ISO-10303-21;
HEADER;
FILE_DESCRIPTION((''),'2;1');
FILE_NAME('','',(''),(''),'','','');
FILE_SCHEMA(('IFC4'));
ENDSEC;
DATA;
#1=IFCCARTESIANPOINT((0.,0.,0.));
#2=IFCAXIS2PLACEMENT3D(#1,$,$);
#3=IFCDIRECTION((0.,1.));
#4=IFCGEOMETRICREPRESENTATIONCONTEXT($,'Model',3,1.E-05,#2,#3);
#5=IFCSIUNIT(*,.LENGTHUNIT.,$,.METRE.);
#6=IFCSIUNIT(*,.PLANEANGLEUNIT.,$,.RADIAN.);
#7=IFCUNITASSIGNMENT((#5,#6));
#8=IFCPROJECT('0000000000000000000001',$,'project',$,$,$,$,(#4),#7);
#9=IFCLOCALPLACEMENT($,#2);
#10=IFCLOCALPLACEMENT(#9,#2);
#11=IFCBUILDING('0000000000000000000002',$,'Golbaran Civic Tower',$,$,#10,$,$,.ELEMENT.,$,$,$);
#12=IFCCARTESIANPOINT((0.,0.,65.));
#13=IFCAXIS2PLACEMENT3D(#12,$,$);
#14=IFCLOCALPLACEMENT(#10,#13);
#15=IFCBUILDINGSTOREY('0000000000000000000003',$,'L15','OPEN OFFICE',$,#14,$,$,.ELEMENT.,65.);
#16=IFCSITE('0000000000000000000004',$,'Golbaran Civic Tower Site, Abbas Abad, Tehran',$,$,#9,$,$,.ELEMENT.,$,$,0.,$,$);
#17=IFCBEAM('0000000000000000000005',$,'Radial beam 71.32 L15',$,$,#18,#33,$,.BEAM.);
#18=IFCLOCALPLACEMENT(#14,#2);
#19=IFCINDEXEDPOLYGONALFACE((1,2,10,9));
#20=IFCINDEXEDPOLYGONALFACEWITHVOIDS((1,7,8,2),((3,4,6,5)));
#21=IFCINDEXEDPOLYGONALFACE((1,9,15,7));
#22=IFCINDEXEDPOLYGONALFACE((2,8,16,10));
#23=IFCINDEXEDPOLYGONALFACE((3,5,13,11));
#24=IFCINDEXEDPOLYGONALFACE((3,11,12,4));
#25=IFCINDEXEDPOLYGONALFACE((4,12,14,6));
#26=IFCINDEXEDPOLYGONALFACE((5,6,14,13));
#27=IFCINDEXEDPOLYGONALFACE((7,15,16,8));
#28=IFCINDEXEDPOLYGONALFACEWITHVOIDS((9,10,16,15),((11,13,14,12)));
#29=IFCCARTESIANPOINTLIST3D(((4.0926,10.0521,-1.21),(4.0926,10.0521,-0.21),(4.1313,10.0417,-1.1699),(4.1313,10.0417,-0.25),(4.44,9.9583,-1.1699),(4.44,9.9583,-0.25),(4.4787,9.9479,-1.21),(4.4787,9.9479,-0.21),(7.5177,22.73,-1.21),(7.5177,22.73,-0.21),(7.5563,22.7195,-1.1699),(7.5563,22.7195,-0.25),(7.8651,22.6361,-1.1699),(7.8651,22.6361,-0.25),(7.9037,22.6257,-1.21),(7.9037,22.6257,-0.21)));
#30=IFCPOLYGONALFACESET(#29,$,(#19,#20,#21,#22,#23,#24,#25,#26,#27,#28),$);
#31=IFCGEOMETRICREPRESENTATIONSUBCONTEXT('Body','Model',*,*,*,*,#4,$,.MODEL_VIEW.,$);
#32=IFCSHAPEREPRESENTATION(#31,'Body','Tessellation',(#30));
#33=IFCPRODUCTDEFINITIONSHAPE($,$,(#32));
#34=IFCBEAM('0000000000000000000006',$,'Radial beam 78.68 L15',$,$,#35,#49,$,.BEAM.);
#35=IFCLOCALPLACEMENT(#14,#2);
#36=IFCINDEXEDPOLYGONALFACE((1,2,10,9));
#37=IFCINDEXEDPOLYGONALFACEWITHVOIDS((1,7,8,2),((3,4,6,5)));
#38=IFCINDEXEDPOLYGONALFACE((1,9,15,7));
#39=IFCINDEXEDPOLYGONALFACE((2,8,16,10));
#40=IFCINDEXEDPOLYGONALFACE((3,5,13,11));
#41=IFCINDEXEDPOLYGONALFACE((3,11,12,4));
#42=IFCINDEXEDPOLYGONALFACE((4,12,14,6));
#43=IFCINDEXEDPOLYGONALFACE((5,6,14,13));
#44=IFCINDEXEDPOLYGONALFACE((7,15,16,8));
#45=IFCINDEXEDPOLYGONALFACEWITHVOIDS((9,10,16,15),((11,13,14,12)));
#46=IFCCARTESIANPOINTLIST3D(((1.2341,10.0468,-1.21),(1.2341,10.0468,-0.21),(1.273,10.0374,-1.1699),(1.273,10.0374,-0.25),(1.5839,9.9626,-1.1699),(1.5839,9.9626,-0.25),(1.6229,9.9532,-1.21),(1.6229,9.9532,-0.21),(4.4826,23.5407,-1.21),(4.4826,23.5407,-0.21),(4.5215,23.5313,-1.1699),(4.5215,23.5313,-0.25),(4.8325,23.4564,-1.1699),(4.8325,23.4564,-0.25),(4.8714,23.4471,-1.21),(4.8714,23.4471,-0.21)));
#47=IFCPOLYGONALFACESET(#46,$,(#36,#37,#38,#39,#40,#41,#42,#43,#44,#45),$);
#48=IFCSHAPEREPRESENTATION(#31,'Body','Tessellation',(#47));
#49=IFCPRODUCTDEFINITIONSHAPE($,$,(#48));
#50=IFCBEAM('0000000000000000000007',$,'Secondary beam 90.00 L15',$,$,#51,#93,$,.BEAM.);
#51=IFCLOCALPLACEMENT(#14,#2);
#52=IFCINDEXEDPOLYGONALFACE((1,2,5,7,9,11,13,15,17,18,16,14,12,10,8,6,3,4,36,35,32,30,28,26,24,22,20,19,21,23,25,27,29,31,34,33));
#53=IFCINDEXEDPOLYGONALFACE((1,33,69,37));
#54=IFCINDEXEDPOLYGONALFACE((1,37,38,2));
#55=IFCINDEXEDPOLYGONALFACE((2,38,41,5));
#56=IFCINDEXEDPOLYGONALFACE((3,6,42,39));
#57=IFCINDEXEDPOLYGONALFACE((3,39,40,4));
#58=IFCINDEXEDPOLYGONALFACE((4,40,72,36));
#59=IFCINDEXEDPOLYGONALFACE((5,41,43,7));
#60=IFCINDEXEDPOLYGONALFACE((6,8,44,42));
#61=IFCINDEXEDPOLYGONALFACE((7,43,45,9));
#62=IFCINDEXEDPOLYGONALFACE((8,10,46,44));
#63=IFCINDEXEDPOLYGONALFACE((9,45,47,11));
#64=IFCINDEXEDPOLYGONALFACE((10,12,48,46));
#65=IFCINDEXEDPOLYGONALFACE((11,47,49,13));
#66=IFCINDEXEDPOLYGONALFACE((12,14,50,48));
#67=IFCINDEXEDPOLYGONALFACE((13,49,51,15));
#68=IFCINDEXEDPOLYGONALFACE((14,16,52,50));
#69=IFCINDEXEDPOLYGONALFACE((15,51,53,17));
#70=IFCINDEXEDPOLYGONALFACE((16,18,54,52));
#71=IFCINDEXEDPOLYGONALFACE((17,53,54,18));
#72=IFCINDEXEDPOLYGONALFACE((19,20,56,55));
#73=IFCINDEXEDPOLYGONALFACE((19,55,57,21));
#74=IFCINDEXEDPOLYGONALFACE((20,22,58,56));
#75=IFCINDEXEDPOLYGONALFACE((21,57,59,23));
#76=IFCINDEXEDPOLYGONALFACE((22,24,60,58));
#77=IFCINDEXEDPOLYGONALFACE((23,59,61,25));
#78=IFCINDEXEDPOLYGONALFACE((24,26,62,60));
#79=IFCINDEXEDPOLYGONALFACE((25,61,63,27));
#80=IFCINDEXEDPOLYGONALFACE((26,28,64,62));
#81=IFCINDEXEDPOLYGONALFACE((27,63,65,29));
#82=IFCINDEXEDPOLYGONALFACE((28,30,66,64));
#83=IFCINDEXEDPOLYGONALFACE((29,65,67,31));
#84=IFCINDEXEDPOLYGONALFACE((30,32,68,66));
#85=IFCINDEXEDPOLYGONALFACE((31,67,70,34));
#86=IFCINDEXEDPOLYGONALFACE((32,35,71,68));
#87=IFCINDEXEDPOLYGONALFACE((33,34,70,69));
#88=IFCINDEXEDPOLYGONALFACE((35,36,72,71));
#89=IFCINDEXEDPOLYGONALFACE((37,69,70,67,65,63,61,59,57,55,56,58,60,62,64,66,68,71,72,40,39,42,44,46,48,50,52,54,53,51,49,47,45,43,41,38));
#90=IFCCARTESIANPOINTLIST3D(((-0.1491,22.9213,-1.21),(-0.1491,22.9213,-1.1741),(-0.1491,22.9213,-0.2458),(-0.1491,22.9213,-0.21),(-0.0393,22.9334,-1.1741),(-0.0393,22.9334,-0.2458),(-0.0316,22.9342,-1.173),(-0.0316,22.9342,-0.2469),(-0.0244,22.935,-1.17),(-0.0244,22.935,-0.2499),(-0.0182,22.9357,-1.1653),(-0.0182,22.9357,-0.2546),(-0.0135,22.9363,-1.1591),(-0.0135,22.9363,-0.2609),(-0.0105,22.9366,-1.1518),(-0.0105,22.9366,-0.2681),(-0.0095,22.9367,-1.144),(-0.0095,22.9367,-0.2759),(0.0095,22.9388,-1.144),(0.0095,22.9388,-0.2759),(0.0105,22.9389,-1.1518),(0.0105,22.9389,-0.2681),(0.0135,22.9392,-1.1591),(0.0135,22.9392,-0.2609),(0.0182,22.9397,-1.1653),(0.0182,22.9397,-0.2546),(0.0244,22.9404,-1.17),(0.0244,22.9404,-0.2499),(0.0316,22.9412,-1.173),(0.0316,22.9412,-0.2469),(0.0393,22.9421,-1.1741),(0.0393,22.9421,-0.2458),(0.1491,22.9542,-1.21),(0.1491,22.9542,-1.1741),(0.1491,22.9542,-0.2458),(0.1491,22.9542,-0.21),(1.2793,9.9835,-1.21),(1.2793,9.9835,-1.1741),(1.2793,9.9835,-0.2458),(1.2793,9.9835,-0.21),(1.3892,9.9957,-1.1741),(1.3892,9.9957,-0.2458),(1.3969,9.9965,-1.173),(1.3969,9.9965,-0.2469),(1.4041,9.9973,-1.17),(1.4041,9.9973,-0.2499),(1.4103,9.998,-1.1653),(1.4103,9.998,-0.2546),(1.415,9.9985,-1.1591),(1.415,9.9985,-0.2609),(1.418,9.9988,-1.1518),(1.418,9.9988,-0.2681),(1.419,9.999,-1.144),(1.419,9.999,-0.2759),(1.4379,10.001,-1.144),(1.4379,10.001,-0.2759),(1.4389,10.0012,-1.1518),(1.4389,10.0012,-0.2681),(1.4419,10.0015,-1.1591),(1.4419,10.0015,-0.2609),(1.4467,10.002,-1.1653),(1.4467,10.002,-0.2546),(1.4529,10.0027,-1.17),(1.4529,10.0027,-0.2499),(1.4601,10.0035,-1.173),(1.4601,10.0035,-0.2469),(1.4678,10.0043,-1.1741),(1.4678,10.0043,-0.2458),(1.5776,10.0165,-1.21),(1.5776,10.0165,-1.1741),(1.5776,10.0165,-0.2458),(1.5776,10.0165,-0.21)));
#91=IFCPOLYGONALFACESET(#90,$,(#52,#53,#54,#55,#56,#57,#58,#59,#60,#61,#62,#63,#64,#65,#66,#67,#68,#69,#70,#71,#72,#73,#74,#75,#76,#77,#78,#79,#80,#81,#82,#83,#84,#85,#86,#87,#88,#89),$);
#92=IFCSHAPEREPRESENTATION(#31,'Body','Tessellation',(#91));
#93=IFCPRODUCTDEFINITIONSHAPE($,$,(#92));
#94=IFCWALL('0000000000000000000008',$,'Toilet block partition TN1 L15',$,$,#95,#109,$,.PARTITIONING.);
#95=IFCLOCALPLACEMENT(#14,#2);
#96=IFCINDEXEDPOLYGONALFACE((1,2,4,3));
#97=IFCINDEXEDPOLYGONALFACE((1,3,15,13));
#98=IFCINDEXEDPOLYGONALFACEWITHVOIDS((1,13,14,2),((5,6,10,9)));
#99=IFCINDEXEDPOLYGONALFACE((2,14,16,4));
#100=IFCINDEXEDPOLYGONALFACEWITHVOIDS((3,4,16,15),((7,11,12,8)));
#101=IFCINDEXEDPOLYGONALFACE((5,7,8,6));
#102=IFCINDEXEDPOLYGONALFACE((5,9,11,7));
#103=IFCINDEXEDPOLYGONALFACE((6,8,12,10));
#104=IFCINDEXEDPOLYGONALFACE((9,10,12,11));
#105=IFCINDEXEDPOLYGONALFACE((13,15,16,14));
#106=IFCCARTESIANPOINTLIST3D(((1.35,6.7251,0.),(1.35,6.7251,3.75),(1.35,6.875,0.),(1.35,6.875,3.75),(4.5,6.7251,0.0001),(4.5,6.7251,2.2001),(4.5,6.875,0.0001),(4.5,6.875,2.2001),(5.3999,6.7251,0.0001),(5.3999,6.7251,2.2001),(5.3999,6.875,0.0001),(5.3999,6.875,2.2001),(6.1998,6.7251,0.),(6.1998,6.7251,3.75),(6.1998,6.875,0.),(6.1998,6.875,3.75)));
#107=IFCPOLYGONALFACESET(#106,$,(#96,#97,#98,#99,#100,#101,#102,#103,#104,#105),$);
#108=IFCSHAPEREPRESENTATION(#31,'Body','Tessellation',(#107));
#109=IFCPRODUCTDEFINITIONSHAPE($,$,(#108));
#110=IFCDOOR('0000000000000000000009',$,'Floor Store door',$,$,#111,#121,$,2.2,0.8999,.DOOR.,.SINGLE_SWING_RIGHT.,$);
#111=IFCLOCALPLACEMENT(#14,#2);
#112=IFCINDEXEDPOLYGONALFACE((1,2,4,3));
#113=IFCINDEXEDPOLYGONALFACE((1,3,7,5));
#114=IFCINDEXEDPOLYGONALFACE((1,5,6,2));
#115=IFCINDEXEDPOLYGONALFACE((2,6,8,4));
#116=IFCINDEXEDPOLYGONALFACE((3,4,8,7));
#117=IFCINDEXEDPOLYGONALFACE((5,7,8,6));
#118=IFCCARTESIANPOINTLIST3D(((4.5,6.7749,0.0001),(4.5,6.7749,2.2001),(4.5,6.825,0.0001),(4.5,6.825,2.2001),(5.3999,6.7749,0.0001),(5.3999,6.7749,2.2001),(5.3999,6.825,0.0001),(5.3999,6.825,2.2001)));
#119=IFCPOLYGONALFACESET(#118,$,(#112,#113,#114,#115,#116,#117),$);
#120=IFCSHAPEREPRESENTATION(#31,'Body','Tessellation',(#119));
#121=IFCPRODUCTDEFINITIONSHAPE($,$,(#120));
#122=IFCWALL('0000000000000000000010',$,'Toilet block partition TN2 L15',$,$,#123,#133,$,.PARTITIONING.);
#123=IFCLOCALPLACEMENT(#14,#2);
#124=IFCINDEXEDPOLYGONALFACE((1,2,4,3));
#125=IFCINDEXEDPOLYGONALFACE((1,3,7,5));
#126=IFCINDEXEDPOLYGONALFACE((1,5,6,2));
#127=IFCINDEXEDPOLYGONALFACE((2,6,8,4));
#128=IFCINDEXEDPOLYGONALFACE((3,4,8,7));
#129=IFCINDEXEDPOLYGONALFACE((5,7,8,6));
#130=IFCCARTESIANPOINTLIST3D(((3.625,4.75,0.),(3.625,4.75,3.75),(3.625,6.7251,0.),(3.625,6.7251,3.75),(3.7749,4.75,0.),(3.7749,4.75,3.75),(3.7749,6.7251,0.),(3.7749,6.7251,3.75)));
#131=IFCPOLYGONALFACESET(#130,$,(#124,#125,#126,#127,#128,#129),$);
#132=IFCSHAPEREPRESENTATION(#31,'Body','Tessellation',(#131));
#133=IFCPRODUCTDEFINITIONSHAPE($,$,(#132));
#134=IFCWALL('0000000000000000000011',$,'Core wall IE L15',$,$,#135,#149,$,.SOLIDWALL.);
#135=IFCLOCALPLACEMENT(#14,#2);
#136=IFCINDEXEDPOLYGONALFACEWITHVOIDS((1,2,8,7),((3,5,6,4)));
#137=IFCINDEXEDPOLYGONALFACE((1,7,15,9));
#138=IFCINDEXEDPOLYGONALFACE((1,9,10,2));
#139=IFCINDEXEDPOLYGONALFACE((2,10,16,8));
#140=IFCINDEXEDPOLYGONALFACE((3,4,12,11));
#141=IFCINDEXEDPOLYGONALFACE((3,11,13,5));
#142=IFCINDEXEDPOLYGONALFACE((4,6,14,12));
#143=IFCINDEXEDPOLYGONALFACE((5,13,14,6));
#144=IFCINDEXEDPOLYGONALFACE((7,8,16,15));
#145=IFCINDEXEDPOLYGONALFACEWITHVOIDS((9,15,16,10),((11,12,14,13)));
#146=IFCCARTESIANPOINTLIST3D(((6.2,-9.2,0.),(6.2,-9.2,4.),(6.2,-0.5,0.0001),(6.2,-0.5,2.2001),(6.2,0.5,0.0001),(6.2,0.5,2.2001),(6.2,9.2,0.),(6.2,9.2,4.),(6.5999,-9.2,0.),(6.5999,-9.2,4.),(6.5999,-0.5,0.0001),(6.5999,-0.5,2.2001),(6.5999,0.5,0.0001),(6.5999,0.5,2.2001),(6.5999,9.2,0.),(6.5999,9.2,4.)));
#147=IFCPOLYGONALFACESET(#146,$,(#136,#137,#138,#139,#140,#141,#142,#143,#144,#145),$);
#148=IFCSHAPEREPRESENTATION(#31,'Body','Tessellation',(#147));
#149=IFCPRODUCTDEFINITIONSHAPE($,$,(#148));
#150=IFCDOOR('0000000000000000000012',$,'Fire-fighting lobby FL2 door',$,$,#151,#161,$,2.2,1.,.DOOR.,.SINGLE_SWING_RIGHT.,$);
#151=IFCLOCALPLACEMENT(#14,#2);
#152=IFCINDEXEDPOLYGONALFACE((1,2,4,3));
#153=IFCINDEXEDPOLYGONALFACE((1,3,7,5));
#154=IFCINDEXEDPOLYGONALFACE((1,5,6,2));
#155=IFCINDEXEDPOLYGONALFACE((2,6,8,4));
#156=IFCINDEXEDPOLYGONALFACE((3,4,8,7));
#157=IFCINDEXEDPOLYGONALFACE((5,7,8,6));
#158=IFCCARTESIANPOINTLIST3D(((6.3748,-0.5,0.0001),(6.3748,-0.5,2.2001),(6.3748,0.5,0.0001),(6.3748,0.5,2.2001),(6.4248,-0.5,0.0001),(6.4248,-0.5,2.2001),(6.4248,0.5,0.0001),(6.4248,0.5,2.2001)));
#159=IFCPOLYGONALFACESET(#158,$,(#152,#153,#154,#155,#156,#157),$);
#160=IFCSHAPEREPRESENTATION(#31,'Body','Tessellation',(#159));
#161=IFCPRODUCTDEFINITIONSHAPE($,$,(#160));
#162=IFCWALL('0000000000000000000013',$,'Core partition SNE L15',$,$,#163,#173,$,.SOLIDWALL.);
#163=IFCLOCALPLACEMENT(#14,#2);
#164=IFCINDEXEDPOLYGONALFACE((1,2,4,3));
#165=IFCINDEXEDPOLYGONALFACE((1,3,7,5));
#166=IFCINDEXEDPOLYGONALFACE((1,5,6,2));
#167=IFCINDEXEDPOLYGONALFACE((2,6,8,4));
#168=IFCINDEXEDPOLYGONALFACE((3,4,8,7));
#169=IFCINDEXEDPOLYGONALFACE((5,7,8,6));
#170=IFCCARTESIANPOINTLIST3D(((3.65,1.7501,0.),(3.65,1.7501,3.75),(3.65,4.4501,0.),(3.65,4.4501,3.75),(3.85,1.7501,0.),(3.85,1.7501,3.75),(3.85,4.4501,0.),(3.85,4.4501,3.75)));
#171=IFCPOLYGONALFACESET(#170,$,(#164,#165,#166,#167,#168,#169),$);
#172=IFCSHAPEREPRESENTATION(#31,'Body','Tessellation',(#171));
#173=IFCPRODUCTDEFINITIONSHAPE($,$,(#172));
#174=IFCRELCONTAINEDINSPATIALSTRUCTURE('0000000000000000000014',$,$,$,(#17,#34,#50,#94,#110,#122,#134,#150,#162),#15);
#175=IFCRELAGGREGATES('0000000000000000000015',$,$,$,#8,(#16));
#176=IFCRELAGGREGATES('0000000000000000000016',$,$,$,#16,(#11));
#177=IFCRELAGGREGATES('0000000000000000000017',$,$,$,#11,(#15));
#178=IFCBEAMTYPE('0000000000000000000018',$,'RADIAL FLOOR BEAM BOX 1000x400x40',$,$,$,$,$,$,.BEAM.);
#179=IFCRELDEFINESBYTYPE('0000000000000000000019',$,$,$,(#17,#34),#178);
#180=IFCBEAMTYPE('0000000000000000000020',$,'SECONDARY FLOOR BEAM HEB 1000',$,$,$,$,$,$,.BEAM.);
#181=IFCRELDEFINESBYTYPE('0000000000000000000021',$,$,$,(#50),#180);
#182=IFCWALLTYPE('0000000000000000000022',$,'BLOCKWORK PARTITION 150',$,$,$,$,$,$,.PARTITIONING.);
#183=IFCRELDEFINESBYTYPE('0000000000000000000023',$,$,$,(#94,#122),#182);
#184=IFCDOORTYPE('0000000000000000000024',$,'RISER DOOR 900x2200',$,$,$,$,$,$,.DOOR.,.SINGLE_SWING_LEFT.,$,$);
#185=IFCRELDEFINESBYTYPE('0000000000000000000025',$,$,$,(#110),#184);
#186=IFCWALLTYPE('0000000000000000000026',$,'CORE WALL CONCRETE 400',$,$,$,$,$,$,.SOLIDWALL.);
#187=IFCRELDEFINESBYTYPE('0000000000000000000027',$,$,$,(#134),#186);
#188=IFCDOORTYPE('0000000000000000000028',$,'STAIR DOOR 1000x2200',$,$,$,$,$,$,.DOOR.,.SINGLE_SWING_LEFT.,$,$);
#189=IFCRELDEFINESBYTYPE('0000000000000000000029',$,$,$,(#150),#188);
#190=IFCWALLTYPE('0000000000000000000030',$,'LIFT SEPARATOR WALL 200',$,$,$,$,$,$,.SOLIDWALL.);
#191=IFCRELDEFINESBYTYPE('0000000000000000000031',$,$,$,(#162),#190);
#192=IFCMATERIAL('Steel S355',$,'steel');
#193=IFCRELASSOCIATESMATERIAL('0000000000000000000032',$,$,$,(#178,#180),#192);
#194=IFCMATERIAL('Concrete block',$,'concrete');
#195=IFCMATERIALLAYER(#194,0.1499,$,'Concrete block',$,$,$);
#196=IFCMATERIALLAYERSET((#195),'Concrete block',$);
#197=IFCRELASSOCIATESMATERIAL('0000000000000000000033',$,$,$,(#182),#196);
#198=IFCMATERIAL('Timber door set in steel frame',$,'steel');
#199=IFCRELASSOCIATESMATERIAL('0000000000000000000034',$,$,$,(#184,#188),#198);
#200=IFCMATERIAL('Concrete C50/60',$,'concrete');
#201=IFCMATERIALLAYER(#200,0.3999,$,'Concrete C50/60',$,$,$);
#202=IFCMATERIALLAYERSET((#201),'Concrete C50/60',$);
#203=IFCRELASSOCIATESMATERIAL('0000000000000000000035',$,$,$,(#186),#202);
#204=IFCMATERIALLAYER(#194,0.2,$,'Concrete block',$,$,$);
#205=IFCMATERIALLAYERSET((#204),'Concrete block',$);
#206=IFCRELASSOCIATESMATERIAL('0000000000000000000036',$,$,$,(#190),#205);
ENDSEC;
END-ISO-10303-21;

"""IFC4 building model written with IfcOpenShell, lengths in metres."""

from ifc_helpers import new_model, si_unit, direction, frame, frame_2d, origin, origin_2d, place, context, subcontext, project, spatial, rectangle, hollow_rectangle, i_section, extrude, material, layer, layer_set, material_profile, profile_set, type_object, element, fill, save


model = new_model("IFC4")

# Units and contexts
model_context = context("Model", 3, precision=1e-05, world=origin(), true_north=direction((0.0, 1.0)))
body_context = subcontext(model_context, "Body", "Model", "MODEL_VIEW")
ifc_project = project(units=[si_unit("LENGTHUNIT", "METRE"), si_unit("PLANEANGLEUNIT", "RADIAN")], contexts=[model_context])

# Site, building, storey
site_placement = place(None, origin())
site = spatial("IfcSite", under=ifc_project, at=site_placement, Name="Golbaran Civic Tower Site, Abbas Abad, Tehran", CompositionType="ELEMENT", RefElevation=0.0)
building_placement = place(site_placement, origin())
building = spatial("IfcBuilding", under=site, at=building_placement, Name="Golbaran Civic Tower", CompositionType="ELEMENT")
storey_placement = place(building_placement, frame((0.0, 0.0, 65.0)))
storey = spatial("IfcBuildingStorey", under=building, at=storey_placement, Name="L15", Description="OPEN OFFICE", CompositionType="ELEMENT", Elevation=65.0)

# Beams
ifc_material_1 = material(Name="Steel S355", Category="steel")
ifc_material_profile_1 = material_profile(ifc_material_1, hollow_rectangle(XDim=0.3999, YDim=1.0, WallThickness=0.04, at=origin_2d()), Name="BOX 1000x400x40")
ifc_profile_set_1 = profile_set([ifc_material_profile_1], Name="Steel S355")
beam_type_1 = type_object("IfcBeamType", Name="RADIAL FLOOR BEAM BOX 1000x400x40", PredefinedType="BEAM", material=ifc_profile_set_1)
beam_1_placement = place(storey_placement, frame((4.2856, 10.0, -0.71), z_axis=(0.260812, 0.96539, 0.0), x_axis=(-0.96539, 0.260812, 0.0)))
element("IfcBeam", 1, at=beam_1_placement, inside=storey, type_object=beam_type_1, Name="Radial beam 71.32 L15", PredefinedType="BEAM", context=body_context, shape_type="SweptSolid", body=[
    extrude(hollow_rectangle(XDim=0.3999, YDim=1.0, WallThickness=0.04, at=origin_2d()), origin(), (0.0, 0.0, 1.0), 13.1323),
])
beam_2_placement = place(storey_placement, frame((1.4285, 10.0, -0.71), z_axis=(0.234054, 0.972224, 0.0), x_axis=(-0.972224, 0.234054, 0.0)))
element("IfcBeam", 2, at=beam_2_placement, inside=storey, type_object=beam_type_1, Name="Radial beam 78.68 L15", PredefinedType="BEAM", context=body_context, shape_type="SweptSolid", body=[
    extrude(hollow_rectangle(XDim=0.3999, YDim=1.0, WallThickness=0.04, at=origin_2d()), origin(), (0.0, 0.0, 1.0), 13.8794),
])
ifc_material_profile_2 = material_profile(ifc_material_1, i_section(OverallWidth=0.3, OverallDepth=1.0, WebThickness=0.019, FlangeThickness=0.0359, FilletRadius=0.03, at=origin_2d()), Name="HEB 1000")
ifc_profile_set_2 = profile_set([ifc_material_profile_2], Name="Steel S355")
beam_type_2 = type_object("IfcBeamType", Name="SECONDARY FLOOR BEAM HEB 1000", PredefinedType="BEAM", material=ifc_profile_set_2)
beam_3_placement = place(storey_placement, frame((1.4285, 10.0, -0.71), z_axis=(-0.109744, 0.99396, 0.0), x_axis=(-0.99396, -0.109744, 0.0)))
element("IfcBeam", 3, at=beam_3_placement, inside=storey, type_object=beam_type_2, Name="Secondary beam 90.00 L15", PredefinedType="BEAM", context=body_context, shape_type="SweptSolid", body=[
    extrude(i_section(OverallWidth=0.3, OverallDepth=1.0, WebThickness=0.019, FlangeThickness=0.0359, FilletRadius=0.03, at=origin_2d()), origin(), (0.0, 0.0, 1.0), 13.0164),
])

# Wall, opening, door
ifc_material_2 = material(Name="Concrete block", Category="concrete")
ifc_layer_1 = layer(ifc_material_2, 0.1499, Name="Concrete block")
ifc_layer_set_1 = layer_set([ifc_layer_1], Name="Concrete block")
wall_type_1 = type_object("IfcWallType", Name="BLOCKWORK PARTITION 150", PredefinedType="PARTITIONING", material=ifc_layer_set_1)
wall_1_placement = place(storey_placement, frame((1.3501, 6.8, 0.0), z_axis=(0.0, 0.0, 1.0), x_axis=(1.0, 0.0, 0.0)))
wall_1 = element("IfcWall", 4, at=wall_1_placement, inside=storey, type_object=wall_type_1, Name="Toilet block partition TN1 L15", PredefinedType="PARTITIONING", context=body_context, shape_type="SweptSolid", body=[
    extrude(rectangle(XDim=4.8499, YDim=0.1499, at=frame_2d((2.4248, 0.0))), origin(), (0.0, 0.0, 1.0), 3.75),
])
opening_1_placement = place(wall_1_placement, frame((3.1499, 0.0, 0.0)))
opening_1 = element("IfcOpeningElement", 5, at=opening_1_placement, cuts=wall_1, PredefinedType="OPENING", context=body_context, shape_type="SweptSolid", body=[
    extrude(rectangle(XDim=0.8999, YDim=2.2, at=frame_2d((0.45, 1.1001))), frame((0.0, 0.085, 0.0), z_axis=(0.0, -1.0, 0.0), x_axis=(1.0, 0.0, 0.0)), (0.0, 0.0, 1.0), 0.1699),
])
ifc_material_3 = material(Name="Timber door set in steel frame", Category="steel")
door_type_1 = type_object("IfcDoorType", Name="RISER DOOR 900x2200", OperationType="SINGLE_SWING_LEFT", PredefinedType="DOOR", material=ifc_material_3)
door_1_placement = place(opening_1_placement, origin())
door_1 = element("IfcDoor", 6, at=door_1_placement, inside=storey, type_object=door_type_1, Name="Floor Store door", OperationType="SINGLE_SWING_RIGHT", OverallHeight=2.2, OverallWidth=0.8999, PredefinedType="DOOR", context=body_context, shape_type="SweptSolid", body=[
    extrude(rectangle(XDim=0.8999, YDim=2.2, at=frame_2d((0.45, 1.1001))), frame((0.0, 0.0249, 0.0), z_axis=(0.0, -1.0, 0.0), x_axis=(1.0, 0.0, 0.0)), (0.0, 0.0, 1.0), 0.05),
])
fill(opening_1, door_1)

# Wall
wall_2_placement = place(storey_placement, frame((3.7, 4.75, 0.0), z_axis=(0.0, 0.0, 1.0), x_axis=(0.0, 1.0, 0.0)))
element("IfcWall", 7, at=wall_2_placement, inside=storey, type_object=wall_type_1, Name="Toilet block partition TN2 L15", PredefinedType="PARTITIONING", context=body_context, shape_type="SweptSolid", body=[
    extrude(rectangle(XDim=1.9751, YDim=0.1499, at=frame_2d((0.9875, 0.0))), origin(), (0.0, 0.0, 1.0), 3.75),
])

# Wall, opening, door
ifc_material_4 = material(Name="Concrete C50/60", Category="concrete")
ifc_layer_2 = layer(ifc_material_4, 0.3999, Name="Concrete C50/60")
ifc_layer_set_2 = layer_set([ifc_layer_2], Name="Concrete C50/60")
wall_type_2 = type_object("IfcWallType", Name="CORE WALL CONCRETE 400", PredefinedType="SOLIDWALL", material=ifc_layer_set_2)
wall_3_placement = place(storey_placement, frame((6.3999, 9.2, 0.0), z_axis=(0.0, 0.0, 1.0), x_axis=(0.0, -1.0, 0.0)))
wall_3 = element("IfcWall", 8, at=wall_3_placement, inside=storey, type_object=wall_type_2, Name="Core wall IE L15", PredefinedType="SOLIDWALL", context=body_context, shape_type="SweptSolid", body=[
    extrude(rectangle(XDim=18.3999, YDim=0.3999, at=frame_2d((9.2, 0.0))), origin(), (0.0, 0.0, 1.0), 4.0),
])
opening_2_placement = place(wall_3_placement, frame((8.7, 0.0, 0.0)))
opening_2 = element("IfcOpeningElement", 9, at=opening_2_placement, cuts=wall_3, PredefinedType="OPENING", context=body_context, shape_type="SweptSolid", body=[
    extrude(rectangle(XDim=1.0, YDim=2.2, at=frame_2d((0.5, 1.1001))), frame((0.0, 0.21, 0.0), z_axis=(0.0, -1.0, 0.0), x_axis=(1.0, 0.0, 0.0)), (0.0, 0.0, 1.0), 0.4199),
])
door_type_2 = type_object("IfcDoorType", Name="STAIR DOOR 1000x2200", OperationType="SINGLE_SWING_LEFT", PredefinedType="DOOR", material=ifc_material_3)
door_2_placement = place(opening_2_placement, origin())
door_2 = element("IfcDoor", 10, at=door_2_placement, inside=storey, type_object=door_type_2, Name="Fire-fighting lobby FL2 door", OperationType="SINGLE_SWING_RIGHT", OverallHeight=2.2, OverallWidth=1.0, PredefinedType="DOOR", context=body_context, shape_type="SweptSolid", body=[
    extrude(rectangle(XDim=1.0, YDim=2.2, at=frame_2d((0.5, 1.1001))), frame((0.0, 0.0249, 0.0), z_axis=(0.0, -1.0, 0.0), x_axis=(1.0, 0.0, 0.0)), (0.0, 0.0, 1.0), 0.05),
])
fill(opening_2, door_2)

# Wall
ifc_layer_3 = layer(ifc_material_2, 0.2, Name="Concrete block")
ifc_layer_set_3 = layer_set([ifc_layer_3], Name="Concrete block")
wall_type_3 = type_object("IfcWallType", Name="LIFT SEPARATOR WALL 200", PredefinedType="SOLIDWALL", material=ifc_layer_set_3)
wall_4_placement = place(storey_placement, frame((3.75, 1.75, 0.0), z_axis=(0.0, 0.0, 1.0), x_axis=(0.0, 1.0, 0.0)))
element("IfcWall", 11, at=wall_4_placement, inside=storey, type_object=wall_type_3, Name="Core partition SNE L15", PredefinedType="SOLIDWALL", context=body_context, shape_type="SweptSolid", body=[
    extrude(rectangle(XDim=2.7, YDim=0.2, at=frame_2d((1.3501, 0.0))), origin(), (0.0, 0.0, 1.0), 3.75),
])

save(model, "model.ifc")
